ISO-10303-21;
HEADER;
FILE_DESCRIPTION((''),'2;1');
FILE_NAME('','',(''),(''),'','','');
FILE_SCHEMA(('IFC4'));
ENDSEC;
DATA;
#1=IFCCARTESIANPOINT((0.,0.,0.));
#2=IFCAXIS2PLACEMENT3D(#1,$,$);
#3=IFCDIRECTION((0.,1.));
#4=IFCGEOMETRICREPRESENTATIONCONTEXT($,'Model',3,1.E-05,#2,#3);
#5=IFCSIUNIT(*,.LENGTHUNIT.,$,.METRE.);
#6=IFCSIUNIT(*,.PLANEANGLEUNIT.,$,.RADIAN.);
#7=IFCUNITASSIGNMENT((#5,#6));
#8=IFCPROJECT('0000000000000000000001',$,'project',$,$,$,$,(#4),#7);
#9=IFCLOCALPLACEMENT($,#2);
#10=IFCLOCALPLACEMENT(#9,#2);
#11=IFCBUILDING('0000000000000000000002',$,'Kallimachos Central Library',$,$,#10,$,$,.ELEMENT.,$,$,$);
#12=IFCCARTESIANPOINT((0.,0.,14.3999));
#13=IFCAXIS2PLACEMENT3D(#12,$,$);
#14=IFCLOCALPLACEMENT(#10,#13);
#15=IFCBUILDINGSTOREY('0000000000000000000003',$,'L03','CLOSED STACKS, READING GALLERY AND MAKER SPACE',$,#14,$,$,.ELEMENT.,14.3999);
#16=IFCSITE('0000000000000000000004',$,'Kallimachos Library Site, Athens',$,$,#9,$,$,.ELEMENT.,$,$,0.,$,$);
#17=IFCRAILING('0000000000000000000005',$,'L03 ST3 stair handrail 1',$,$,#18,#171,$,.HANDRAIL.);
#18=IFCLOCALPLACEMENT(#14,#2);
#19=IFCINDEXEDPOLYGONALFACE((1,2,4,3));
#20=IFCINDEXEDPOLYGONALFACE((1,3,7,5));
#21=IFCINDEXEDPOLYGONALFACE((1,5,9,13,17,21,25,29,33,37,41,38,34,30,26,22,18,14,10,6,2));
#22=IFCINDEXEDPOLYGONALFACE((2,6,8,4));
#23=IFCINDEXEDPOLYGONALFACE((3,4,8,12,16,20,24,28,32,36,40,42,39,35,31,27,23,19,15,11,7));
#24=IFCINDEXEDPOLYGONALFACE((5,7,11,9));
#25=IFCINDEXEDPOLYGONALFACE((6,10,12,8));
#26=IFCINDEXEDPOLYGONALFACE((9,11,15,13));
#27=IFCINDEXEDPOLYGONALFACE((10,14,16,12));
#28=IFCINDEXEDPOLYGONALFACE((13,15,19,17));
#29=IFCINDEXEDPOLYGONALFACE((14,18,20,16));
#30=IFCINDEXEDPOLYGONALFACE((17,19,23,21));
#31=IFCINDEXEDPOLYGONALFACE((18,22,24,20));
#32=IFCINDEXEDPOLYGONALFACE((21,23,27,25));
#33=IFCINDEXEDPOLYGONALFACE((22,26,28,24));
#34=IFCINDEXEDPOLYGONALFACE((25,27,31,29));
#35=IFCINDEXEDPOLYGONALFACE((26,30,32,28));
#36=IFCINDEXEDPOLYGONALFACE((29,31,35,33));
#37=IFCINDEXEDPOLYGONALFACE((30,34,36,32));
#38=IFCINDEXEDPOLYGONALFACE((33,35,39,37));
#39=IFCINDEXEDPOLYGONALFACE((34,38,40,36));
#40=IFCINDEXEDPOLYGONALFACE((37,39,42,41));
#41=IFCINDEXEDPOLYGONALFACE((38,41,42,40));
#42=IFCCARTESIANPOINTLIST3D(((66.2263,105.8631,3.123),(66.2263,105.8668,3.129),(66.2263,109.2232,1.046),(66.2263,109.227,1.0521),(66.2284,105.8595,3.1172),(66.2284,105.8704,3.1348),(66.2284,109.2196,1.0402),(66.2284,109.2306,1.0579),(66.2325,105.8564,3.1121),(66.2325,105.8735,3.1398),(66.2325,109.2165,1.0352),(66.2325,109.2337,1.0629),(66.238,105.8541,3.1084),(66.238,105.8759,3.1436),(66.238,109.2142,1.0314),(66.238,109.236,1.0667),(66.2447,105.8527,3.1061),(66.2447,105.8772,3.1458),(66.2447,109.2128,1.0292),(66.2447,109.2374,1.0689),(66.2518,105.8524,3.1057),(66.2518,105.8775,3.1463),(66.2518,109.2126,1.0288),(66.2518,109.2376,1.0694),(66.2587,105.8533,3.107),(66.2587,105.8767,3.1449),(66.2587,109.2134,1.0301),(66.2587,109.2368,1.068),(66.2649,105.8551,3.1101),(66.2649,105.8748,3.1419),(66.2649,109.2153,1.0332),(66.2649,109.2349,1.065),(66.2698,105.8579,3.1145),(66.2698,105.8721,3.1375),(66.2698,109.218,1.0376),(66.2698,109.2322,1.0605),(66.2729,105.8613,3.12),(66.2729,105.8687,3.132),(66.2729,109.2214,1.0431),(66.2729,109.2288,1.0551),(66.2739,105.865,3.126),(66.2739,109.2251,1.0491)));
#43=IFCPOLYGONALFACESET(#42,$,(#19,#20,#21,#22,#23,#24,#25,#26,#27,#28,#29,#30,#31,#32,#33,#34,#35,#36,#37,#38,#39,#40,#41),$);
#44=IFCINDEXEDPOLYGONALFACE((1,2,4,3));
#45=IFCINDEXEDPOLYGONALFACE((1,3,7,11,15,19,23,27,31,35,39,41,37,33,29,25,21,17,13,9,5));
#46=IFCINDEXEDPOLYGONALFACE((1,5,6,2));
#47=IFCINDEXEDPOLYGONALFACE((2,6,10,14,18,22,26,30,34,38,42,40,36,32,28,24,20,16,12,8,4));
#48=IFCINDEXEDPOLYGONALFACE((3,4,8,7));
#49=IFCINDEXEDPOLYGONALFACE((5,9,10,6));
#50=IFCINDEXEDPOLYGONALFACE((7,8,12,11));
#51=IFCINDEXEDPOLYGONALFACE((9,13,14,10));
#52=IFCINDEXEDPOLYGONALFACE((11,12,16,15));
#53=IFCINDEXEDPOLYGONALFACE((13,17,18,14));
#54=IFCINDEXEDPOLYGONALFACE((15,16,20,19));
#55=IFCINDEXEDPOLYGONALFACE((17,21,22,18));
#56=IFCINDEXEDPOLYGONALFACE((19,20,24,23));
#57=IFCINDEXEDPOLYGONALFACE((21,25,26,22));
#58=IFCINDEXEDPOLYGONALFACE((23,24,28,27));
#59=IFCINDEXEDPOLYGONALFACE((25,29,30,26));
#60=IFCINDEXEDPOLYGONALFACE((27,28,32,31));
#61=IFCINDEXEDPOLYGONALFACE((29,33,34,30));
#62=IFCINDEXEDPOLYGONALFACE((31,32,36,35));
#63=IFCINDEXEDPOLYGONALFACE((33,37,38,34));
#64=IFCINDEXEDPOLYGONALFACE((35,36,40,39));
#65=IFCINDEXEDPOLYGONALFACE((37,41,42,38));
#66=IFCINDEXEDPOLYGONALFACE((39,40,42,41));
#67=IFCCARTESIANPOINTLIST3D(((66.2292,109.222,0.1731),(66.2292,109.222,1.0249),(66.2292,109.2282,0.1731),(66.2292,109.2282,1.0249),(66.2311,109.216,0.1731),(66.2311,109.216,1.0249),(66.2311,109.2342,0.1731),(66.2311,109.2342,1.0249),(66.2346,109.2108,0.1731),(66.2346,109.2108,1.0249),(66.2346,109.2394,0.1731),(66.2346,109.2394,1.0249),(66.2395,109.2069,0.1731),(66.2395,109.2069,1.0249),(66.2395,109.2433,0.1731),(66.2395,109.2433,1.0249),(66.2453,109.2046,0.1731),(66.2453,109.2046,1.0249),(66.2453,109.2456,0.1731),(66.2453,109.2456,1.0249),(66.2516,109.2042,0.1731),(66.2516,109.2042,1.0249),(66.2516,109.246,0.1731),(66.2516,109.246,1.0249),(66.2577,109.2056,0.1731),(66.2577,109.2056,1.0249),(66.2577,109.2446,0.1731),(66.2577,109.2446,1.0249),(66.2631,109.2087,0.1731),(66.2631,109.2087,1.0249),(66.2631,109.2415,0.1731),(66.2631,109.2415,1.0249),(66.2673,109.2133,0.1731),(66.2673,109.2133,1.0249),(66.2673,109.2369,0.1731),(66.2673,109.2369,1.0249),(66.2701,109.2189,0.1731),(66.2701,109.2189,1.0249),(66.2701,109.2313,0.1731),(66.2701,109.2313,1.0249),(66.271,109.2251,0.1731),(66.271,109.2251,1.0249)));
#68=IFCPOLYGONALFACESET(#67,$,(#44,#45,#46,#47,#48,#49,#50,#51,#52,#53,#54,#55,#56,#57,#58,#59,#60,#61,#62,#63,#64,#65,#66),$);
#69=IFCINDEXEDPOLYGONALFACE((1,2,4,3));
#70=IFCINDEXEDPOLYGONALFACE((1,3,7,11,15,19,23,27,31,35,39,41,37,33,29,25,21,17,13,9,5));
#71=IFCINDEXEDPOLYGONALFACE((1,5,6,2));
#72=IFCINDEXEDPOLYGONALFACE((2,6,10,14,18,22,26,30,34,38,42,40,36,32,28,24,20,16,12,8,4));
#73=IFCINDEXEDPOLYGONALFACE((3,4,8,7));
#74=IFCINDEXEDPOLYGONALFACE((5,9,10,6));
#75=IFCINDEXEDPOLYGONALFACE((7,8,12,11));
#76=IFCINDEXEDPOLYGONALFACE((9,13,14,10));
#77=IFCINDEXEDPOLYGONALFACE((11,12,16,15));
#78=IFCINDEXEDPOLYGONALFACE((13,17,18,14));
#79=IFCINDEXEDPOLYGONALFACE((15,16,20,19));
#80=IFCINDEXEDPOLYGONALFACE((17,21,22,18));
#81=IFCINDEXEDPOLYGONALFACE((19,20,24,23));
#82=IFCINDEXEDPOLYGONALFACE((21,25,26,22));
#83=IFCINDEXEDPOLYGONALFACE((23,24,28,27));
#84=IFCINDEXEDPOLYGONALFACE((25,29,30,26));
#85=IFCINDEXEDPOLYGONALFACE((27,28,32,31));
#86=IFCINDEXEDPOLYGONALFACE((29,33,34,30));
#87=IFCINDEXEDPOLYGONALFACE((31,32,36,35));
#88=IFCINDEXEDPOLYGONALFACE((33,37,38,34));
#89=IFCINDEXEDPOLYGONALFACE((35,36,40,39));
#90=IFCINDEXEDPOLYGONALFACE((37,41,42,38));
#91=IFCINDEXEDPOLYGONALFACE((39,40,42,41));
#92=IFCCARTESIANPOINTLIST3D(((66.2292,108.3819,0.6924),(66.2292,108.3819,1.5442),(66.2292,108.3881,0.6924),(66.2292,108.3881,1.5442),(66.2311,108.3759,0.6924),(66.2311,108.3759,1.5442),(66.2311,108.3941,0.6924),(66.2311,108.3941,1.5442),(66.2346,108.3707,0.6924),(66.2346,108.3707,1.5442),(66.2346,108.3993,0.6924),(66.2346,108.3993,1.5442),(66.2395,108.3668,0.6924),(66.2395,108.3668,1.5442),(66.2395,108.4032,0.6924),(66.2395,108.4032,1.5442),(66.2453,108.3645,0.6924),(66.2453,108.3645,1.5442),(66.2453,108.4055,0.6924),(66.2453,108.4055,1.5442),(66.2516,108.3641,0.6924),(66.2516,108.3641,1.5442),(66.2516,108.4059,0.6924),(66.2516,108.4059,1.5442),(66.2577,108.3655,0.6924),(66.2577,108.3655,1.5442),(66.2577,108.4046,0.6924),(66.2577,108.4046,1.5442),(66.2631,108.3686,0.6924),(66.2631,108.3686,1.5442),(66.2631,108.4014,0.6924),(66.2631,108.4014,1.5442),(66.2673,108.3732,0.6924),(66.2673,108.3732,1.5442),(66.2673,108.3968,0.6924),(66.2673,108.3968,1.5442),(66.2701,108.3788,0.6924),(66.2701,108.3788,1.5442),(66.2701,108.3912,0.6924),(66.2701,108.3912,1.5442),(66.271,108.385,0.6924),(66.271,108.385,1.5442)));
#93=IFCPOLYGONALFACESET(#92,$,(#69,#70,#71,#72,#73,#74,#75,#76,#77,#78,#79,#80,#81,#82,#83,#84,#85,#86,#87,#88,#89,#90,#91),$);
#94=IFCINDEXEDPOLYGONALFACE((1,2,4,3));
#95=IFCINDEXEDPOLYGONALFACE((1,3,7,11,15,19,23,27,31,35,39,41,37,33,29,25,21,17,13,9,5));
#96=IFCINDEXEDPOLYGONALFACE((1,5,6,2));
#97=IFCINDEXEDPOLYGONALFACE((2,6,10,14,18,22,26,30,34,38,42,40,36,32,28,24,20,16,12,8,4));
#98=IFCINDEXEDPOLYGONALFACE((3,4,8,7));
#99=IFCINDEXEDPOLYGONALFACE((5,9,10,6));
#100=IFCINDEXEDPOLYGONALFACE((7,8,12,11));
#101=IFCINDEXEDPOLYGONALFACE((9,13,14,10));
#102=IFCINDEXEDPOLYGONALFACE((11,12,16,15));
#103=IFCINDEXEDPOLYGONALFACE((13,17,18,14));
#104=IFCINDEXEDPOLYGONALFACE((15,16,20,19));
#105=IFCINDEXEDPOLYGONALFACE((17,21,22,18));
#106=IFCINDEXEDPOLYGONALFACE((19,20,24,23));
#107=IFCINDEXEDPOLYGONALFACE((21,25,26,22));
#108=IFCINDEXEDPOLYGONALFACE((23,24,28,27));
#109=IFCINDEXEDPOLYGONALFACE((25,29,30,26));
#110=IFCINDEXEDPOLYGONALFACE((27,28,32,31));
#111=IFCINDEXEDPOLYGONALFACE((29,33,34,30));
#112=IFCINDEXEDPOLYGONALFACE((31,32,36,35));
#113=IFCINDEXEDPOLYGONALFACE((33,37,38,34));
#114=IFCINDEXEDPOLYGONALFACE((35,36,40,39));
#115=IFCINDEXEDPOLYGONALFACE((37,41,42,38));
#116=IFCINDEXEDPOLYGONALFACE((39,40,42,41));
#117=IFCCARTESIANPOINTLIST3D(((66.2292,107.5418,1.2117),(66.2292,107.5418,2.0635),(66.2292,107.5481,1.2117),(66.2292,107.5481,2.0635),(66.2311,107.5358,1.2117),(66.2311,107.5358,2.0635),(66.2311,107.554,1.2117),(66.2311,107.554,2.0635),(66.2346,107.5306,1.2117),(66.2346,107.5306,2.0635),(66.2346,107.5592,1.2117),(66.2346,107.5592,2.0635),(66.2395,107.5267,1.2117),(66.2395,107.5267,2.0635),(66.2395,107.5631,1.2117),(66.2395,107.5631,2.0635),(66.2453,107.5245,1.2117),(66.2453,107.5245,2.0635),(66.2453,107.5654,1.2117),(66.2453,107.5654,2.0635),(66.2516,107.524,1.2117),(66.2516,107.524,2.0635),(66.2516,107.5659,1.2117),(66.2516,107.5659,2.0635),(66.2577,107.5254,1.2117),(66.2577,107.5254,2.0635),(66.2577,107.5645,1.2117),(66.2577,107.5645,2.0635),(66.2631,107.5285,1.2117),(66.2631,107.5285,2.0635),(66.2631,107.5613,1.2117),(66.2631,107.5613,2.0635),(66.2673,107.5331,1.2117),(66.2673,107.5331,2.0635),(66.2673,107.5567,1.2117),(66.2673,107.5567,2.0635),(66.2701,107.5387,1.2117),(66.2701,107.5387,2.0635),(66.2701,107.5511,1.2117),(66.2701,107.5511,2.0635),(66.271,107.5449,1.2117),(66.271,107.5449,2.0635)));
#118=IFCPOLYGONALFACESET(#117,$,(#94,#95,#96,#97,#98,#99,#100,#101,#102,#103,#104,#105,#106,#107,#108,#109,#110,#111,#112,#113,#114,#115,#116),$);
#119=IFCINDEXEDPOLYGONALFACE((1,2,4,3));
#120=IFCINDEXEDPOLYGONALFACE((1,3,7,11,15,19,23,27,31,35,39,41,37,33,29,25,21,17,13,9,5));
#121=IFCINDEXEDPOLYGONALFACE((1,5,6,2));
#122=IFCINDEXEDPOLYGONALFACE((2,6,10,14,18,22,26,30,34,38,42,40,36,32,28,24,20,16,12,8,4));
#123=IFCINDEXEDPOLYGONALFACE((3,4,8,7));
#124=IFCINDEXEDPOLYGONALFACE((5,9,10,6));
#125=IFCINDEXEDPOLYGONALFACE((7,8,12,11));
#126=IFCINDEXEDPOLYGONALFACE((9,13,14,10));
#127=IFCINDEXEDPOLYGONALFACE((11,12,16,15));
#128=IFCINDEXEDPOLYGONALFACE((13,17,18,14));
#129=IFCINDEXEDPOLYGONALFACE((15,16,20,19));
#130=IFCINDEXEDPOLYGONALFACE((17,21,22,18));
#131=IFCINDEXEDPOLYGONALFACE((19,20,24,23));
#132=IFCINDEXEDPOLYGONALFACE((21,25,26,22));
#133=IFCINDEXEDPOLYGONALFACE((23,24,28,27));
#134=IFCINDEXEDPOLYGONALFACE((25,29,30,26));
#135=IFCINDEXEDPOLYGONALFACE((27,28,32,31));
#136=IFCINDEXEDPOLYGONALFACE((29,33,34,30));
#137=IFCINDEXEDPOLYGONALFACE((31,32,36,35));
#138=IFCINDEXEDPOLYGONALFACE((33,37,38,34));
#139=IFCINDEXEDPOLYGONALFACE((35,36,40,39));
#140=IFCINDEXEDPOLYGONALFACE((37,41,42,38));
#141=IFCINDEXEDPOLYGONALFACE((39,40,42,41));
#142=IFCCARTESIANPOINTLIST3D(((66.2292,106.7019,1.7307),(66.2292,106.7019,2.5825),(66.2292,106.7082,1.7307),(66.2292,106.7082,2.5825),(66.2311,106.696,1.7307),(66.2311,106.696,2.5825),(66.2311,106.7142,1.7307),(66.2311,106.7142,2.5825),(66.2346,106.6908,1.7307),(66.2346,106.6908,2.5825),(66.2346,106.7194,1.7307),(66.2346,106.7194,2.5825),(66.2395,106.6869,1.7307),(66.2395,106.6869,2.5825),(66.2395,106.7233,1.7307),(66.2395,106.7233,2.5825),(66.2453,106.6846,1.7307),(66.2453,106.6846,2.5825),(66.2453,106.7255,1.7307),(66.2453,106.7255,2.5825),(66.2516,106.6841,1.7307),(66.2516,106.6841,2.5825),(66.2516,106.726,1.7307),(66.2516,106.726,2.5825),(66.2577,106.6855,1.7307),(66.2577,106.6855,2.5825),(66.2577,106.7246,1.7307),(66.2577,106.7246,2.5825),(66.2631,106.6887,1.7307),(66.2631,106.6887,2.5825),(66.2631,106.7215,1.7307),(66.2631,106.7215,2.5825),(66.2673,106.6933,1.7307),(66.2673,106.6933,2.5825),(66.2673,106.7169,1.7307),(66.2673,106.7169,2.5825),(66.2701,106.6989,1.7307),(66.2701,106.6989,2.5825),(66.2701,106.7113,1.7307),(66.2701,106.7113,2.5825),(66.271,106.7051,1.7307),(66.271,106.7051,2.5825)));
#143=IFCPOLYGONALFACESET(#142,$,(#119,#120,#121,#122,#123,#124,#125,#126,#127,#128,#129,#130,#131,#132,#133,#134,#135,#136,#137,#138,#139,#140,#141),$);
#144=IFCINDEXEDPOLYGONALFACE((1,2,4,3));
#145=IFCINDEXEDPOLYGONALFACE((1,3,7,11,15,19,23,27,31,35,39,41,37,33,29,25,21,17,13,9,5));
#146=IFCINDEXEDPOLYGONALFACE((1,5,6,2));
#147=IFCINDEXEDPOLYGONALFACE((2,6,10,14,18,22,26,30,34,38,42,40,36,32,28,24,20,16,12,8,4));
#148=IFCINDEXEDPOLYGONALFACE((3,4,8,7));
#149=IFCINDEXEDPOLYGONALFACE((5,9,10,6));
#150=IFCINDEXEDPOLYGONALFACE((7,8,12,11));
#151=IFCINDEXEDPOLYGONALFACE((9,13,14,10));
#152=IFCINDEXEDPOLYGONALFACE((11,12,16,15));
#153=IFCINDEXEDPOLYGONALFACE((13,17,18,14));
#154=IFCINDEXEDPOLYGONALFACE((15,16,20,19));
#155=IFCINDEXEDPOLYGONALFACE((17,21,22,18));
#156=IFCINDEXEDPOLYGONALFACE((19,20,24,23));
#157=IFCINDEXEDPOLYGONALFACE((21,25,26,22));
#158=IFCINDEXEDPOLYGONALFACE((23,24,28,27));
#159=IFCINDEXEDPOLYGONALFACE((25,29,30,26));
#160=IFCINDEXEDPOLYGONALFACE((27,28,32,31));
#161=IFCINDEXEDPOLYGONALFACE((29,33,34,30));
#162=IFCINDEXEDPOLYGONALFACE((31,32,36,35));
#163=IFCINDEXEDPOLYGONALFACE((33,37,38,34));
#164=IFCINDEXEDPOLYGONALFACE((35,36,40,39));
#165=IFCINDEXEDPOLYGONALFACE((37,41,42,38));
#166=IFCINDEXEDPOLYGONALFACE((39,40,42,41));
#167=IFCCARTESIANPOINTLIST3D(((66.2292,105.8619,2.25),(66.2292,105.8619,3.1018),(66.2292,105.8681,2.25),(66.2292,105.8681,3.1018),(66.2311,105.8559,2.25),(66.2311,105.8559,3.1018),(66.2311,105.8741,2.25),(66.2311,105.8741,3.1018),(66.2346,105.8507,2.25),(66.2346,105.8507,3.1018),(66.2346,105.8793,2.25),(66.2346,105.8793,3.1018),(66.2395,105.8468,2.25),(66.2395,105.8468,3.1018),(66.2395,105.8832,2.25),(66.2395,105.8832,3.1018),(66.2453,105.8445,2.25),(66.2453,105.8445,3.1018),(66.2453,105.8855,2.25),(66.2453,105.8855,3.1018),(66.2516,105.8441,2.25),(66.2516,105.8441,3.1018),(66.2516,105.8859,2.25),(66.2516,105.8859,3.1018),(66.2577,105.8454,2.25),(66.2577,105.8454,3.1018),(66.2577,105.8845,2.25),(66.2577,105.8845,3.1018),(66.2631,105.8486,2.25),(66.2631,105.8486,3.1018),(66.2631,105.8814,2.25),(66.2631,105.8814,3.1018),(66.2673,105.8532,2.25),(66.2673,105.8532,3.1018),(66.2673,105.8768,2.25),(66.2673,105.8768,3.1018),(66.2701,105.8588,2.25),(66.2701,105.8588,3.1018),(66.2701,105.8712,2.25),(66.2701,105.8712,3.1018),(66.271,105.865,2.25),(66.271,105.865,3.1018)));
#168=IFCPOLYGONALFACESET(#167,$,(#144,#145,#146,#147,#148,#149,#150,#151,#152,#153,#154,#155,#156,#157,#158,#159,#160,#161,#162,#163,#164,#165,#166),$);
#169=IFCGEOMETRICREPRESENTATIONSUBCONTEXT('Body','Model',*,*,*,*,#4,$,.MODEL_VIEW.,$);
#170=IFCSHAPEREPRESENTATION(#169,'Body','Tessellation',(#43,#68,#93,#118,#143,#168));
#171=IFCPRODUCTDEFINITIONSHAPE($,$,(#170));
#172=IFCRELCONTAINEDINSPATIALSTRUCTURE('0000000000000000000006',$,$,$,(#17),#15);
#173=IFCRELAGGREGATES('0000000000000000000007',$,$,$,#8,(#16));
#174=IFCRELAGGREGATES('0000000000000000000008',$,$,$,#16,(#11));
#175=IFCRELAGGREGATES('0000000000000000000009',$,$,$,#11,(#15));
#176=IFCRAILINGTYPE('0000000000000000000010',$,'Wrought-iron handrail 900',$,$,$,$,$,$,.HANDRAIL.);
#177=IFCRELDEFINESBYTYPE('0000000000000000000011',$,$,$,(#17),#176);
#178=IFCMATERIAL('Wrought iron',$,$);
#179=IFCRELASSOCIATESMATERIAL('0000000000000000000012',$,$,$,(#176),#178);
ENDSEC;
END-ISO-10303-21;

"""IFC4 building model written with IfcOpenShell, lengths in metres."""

from ifc_helpers import new_model, si_unit, direction, frame, origin, origin_2d, place, context, subcontext, project, spatial, circle, extrude, material, type_object, element, save


model = new_model("IFC4")

# Units and contexts
model_context = context("Model", 3, precision=1e-05, world=origin(), true_north=direction((0.0, 1.0)))
body_context = subcontext(model_context, "Body", "Model", "MODEL_VIEW")
ifc_project = project(units=[si_unit("LENGTHUNIT", "METRE"), si_unit("PLANEANGLEUNIT", "RADIAN")], contexts=[model_context])

# Site, building, storey
site_placement = place(None, origin())
site = spatial("IfcSite", under=ifc_project, at=site_placement, Name="Kallimachos Library Site, Athens", CompositionType="ELEMENT", RefElevation=0.0)
building_placement = place(site_placement, origin())
building = spatial("IfcBuilding", under=site, at=building_placement, Name="Kallimachos Central Library", CompositionType="ELEMENT")
storey_placement = place(building_placement, frame((0.0, 0.0, 14.3999)))
storey = spatial("IfcBuildingStorey", under=building, at=storey_placement, Name="L03", Description="CLOSED STACKS, READING GALLERY AND MAKER SPACE", CompositionType="ELEMENT", Elevation=14.3999)

# Railing
ifc_material_1 = material(Name="Wrought iron")
railing_type_1 = type_object("IfcRailingType", Name="Wrought-iron handrail 900", PredefinedType="HANDRAIL", material=ifc_material_1)
railing_1_placement = place(storey_placement, frame((66.25, 109.2251, 0.1731)))
element("IfcRailing", 1, at=railing_1_placement, inside=storey, type_object=railing_type_1, Name="L03 ST3 stair handrail 1", PredefinedType="HANDRAIL", context=body_context, shape_type="SweptSolid", body=[
    extrude(circle(Radius=0.0239, at=origin_2d()), frame((0.0, 0.0, 0.876), z_axis=(0.0, -0.850623, 0.525776), x_axis=(1.0, 0.0, 0.0)), (0.0, 0.0, 1.0), 3.9502),
    extrude(circle(Radius=0.021, at=origin_2d()), origin(), (0.0, 0.0, 1.0), 0.8518),
    extrude(circle(Radius=0.021, at=origin_2d()), frame((0.0, -0.8401, 0.5193)), (0.0, 0.0, 1.0), 0.8518),
    extrude(circle(Radius=0.021, at=origin_2d()), frame((0.0, -1.6802, 1.0386)), (0.0, 0.0, 1.0), 0.8518),
    extrude(circle(Radius=0.021, at=origin_2d()), frame((0.0, -2.52, 1.5576)), (0.0, 0.0, 1.0), 0.8518),
    extrude(circle(Radius=0.021, at=origin_2d()), frame((0.0, -3.3601, 2.0769)), (0.0, 0.0, 1.0), 0.8518),
])

save(model, "model.ifc")
